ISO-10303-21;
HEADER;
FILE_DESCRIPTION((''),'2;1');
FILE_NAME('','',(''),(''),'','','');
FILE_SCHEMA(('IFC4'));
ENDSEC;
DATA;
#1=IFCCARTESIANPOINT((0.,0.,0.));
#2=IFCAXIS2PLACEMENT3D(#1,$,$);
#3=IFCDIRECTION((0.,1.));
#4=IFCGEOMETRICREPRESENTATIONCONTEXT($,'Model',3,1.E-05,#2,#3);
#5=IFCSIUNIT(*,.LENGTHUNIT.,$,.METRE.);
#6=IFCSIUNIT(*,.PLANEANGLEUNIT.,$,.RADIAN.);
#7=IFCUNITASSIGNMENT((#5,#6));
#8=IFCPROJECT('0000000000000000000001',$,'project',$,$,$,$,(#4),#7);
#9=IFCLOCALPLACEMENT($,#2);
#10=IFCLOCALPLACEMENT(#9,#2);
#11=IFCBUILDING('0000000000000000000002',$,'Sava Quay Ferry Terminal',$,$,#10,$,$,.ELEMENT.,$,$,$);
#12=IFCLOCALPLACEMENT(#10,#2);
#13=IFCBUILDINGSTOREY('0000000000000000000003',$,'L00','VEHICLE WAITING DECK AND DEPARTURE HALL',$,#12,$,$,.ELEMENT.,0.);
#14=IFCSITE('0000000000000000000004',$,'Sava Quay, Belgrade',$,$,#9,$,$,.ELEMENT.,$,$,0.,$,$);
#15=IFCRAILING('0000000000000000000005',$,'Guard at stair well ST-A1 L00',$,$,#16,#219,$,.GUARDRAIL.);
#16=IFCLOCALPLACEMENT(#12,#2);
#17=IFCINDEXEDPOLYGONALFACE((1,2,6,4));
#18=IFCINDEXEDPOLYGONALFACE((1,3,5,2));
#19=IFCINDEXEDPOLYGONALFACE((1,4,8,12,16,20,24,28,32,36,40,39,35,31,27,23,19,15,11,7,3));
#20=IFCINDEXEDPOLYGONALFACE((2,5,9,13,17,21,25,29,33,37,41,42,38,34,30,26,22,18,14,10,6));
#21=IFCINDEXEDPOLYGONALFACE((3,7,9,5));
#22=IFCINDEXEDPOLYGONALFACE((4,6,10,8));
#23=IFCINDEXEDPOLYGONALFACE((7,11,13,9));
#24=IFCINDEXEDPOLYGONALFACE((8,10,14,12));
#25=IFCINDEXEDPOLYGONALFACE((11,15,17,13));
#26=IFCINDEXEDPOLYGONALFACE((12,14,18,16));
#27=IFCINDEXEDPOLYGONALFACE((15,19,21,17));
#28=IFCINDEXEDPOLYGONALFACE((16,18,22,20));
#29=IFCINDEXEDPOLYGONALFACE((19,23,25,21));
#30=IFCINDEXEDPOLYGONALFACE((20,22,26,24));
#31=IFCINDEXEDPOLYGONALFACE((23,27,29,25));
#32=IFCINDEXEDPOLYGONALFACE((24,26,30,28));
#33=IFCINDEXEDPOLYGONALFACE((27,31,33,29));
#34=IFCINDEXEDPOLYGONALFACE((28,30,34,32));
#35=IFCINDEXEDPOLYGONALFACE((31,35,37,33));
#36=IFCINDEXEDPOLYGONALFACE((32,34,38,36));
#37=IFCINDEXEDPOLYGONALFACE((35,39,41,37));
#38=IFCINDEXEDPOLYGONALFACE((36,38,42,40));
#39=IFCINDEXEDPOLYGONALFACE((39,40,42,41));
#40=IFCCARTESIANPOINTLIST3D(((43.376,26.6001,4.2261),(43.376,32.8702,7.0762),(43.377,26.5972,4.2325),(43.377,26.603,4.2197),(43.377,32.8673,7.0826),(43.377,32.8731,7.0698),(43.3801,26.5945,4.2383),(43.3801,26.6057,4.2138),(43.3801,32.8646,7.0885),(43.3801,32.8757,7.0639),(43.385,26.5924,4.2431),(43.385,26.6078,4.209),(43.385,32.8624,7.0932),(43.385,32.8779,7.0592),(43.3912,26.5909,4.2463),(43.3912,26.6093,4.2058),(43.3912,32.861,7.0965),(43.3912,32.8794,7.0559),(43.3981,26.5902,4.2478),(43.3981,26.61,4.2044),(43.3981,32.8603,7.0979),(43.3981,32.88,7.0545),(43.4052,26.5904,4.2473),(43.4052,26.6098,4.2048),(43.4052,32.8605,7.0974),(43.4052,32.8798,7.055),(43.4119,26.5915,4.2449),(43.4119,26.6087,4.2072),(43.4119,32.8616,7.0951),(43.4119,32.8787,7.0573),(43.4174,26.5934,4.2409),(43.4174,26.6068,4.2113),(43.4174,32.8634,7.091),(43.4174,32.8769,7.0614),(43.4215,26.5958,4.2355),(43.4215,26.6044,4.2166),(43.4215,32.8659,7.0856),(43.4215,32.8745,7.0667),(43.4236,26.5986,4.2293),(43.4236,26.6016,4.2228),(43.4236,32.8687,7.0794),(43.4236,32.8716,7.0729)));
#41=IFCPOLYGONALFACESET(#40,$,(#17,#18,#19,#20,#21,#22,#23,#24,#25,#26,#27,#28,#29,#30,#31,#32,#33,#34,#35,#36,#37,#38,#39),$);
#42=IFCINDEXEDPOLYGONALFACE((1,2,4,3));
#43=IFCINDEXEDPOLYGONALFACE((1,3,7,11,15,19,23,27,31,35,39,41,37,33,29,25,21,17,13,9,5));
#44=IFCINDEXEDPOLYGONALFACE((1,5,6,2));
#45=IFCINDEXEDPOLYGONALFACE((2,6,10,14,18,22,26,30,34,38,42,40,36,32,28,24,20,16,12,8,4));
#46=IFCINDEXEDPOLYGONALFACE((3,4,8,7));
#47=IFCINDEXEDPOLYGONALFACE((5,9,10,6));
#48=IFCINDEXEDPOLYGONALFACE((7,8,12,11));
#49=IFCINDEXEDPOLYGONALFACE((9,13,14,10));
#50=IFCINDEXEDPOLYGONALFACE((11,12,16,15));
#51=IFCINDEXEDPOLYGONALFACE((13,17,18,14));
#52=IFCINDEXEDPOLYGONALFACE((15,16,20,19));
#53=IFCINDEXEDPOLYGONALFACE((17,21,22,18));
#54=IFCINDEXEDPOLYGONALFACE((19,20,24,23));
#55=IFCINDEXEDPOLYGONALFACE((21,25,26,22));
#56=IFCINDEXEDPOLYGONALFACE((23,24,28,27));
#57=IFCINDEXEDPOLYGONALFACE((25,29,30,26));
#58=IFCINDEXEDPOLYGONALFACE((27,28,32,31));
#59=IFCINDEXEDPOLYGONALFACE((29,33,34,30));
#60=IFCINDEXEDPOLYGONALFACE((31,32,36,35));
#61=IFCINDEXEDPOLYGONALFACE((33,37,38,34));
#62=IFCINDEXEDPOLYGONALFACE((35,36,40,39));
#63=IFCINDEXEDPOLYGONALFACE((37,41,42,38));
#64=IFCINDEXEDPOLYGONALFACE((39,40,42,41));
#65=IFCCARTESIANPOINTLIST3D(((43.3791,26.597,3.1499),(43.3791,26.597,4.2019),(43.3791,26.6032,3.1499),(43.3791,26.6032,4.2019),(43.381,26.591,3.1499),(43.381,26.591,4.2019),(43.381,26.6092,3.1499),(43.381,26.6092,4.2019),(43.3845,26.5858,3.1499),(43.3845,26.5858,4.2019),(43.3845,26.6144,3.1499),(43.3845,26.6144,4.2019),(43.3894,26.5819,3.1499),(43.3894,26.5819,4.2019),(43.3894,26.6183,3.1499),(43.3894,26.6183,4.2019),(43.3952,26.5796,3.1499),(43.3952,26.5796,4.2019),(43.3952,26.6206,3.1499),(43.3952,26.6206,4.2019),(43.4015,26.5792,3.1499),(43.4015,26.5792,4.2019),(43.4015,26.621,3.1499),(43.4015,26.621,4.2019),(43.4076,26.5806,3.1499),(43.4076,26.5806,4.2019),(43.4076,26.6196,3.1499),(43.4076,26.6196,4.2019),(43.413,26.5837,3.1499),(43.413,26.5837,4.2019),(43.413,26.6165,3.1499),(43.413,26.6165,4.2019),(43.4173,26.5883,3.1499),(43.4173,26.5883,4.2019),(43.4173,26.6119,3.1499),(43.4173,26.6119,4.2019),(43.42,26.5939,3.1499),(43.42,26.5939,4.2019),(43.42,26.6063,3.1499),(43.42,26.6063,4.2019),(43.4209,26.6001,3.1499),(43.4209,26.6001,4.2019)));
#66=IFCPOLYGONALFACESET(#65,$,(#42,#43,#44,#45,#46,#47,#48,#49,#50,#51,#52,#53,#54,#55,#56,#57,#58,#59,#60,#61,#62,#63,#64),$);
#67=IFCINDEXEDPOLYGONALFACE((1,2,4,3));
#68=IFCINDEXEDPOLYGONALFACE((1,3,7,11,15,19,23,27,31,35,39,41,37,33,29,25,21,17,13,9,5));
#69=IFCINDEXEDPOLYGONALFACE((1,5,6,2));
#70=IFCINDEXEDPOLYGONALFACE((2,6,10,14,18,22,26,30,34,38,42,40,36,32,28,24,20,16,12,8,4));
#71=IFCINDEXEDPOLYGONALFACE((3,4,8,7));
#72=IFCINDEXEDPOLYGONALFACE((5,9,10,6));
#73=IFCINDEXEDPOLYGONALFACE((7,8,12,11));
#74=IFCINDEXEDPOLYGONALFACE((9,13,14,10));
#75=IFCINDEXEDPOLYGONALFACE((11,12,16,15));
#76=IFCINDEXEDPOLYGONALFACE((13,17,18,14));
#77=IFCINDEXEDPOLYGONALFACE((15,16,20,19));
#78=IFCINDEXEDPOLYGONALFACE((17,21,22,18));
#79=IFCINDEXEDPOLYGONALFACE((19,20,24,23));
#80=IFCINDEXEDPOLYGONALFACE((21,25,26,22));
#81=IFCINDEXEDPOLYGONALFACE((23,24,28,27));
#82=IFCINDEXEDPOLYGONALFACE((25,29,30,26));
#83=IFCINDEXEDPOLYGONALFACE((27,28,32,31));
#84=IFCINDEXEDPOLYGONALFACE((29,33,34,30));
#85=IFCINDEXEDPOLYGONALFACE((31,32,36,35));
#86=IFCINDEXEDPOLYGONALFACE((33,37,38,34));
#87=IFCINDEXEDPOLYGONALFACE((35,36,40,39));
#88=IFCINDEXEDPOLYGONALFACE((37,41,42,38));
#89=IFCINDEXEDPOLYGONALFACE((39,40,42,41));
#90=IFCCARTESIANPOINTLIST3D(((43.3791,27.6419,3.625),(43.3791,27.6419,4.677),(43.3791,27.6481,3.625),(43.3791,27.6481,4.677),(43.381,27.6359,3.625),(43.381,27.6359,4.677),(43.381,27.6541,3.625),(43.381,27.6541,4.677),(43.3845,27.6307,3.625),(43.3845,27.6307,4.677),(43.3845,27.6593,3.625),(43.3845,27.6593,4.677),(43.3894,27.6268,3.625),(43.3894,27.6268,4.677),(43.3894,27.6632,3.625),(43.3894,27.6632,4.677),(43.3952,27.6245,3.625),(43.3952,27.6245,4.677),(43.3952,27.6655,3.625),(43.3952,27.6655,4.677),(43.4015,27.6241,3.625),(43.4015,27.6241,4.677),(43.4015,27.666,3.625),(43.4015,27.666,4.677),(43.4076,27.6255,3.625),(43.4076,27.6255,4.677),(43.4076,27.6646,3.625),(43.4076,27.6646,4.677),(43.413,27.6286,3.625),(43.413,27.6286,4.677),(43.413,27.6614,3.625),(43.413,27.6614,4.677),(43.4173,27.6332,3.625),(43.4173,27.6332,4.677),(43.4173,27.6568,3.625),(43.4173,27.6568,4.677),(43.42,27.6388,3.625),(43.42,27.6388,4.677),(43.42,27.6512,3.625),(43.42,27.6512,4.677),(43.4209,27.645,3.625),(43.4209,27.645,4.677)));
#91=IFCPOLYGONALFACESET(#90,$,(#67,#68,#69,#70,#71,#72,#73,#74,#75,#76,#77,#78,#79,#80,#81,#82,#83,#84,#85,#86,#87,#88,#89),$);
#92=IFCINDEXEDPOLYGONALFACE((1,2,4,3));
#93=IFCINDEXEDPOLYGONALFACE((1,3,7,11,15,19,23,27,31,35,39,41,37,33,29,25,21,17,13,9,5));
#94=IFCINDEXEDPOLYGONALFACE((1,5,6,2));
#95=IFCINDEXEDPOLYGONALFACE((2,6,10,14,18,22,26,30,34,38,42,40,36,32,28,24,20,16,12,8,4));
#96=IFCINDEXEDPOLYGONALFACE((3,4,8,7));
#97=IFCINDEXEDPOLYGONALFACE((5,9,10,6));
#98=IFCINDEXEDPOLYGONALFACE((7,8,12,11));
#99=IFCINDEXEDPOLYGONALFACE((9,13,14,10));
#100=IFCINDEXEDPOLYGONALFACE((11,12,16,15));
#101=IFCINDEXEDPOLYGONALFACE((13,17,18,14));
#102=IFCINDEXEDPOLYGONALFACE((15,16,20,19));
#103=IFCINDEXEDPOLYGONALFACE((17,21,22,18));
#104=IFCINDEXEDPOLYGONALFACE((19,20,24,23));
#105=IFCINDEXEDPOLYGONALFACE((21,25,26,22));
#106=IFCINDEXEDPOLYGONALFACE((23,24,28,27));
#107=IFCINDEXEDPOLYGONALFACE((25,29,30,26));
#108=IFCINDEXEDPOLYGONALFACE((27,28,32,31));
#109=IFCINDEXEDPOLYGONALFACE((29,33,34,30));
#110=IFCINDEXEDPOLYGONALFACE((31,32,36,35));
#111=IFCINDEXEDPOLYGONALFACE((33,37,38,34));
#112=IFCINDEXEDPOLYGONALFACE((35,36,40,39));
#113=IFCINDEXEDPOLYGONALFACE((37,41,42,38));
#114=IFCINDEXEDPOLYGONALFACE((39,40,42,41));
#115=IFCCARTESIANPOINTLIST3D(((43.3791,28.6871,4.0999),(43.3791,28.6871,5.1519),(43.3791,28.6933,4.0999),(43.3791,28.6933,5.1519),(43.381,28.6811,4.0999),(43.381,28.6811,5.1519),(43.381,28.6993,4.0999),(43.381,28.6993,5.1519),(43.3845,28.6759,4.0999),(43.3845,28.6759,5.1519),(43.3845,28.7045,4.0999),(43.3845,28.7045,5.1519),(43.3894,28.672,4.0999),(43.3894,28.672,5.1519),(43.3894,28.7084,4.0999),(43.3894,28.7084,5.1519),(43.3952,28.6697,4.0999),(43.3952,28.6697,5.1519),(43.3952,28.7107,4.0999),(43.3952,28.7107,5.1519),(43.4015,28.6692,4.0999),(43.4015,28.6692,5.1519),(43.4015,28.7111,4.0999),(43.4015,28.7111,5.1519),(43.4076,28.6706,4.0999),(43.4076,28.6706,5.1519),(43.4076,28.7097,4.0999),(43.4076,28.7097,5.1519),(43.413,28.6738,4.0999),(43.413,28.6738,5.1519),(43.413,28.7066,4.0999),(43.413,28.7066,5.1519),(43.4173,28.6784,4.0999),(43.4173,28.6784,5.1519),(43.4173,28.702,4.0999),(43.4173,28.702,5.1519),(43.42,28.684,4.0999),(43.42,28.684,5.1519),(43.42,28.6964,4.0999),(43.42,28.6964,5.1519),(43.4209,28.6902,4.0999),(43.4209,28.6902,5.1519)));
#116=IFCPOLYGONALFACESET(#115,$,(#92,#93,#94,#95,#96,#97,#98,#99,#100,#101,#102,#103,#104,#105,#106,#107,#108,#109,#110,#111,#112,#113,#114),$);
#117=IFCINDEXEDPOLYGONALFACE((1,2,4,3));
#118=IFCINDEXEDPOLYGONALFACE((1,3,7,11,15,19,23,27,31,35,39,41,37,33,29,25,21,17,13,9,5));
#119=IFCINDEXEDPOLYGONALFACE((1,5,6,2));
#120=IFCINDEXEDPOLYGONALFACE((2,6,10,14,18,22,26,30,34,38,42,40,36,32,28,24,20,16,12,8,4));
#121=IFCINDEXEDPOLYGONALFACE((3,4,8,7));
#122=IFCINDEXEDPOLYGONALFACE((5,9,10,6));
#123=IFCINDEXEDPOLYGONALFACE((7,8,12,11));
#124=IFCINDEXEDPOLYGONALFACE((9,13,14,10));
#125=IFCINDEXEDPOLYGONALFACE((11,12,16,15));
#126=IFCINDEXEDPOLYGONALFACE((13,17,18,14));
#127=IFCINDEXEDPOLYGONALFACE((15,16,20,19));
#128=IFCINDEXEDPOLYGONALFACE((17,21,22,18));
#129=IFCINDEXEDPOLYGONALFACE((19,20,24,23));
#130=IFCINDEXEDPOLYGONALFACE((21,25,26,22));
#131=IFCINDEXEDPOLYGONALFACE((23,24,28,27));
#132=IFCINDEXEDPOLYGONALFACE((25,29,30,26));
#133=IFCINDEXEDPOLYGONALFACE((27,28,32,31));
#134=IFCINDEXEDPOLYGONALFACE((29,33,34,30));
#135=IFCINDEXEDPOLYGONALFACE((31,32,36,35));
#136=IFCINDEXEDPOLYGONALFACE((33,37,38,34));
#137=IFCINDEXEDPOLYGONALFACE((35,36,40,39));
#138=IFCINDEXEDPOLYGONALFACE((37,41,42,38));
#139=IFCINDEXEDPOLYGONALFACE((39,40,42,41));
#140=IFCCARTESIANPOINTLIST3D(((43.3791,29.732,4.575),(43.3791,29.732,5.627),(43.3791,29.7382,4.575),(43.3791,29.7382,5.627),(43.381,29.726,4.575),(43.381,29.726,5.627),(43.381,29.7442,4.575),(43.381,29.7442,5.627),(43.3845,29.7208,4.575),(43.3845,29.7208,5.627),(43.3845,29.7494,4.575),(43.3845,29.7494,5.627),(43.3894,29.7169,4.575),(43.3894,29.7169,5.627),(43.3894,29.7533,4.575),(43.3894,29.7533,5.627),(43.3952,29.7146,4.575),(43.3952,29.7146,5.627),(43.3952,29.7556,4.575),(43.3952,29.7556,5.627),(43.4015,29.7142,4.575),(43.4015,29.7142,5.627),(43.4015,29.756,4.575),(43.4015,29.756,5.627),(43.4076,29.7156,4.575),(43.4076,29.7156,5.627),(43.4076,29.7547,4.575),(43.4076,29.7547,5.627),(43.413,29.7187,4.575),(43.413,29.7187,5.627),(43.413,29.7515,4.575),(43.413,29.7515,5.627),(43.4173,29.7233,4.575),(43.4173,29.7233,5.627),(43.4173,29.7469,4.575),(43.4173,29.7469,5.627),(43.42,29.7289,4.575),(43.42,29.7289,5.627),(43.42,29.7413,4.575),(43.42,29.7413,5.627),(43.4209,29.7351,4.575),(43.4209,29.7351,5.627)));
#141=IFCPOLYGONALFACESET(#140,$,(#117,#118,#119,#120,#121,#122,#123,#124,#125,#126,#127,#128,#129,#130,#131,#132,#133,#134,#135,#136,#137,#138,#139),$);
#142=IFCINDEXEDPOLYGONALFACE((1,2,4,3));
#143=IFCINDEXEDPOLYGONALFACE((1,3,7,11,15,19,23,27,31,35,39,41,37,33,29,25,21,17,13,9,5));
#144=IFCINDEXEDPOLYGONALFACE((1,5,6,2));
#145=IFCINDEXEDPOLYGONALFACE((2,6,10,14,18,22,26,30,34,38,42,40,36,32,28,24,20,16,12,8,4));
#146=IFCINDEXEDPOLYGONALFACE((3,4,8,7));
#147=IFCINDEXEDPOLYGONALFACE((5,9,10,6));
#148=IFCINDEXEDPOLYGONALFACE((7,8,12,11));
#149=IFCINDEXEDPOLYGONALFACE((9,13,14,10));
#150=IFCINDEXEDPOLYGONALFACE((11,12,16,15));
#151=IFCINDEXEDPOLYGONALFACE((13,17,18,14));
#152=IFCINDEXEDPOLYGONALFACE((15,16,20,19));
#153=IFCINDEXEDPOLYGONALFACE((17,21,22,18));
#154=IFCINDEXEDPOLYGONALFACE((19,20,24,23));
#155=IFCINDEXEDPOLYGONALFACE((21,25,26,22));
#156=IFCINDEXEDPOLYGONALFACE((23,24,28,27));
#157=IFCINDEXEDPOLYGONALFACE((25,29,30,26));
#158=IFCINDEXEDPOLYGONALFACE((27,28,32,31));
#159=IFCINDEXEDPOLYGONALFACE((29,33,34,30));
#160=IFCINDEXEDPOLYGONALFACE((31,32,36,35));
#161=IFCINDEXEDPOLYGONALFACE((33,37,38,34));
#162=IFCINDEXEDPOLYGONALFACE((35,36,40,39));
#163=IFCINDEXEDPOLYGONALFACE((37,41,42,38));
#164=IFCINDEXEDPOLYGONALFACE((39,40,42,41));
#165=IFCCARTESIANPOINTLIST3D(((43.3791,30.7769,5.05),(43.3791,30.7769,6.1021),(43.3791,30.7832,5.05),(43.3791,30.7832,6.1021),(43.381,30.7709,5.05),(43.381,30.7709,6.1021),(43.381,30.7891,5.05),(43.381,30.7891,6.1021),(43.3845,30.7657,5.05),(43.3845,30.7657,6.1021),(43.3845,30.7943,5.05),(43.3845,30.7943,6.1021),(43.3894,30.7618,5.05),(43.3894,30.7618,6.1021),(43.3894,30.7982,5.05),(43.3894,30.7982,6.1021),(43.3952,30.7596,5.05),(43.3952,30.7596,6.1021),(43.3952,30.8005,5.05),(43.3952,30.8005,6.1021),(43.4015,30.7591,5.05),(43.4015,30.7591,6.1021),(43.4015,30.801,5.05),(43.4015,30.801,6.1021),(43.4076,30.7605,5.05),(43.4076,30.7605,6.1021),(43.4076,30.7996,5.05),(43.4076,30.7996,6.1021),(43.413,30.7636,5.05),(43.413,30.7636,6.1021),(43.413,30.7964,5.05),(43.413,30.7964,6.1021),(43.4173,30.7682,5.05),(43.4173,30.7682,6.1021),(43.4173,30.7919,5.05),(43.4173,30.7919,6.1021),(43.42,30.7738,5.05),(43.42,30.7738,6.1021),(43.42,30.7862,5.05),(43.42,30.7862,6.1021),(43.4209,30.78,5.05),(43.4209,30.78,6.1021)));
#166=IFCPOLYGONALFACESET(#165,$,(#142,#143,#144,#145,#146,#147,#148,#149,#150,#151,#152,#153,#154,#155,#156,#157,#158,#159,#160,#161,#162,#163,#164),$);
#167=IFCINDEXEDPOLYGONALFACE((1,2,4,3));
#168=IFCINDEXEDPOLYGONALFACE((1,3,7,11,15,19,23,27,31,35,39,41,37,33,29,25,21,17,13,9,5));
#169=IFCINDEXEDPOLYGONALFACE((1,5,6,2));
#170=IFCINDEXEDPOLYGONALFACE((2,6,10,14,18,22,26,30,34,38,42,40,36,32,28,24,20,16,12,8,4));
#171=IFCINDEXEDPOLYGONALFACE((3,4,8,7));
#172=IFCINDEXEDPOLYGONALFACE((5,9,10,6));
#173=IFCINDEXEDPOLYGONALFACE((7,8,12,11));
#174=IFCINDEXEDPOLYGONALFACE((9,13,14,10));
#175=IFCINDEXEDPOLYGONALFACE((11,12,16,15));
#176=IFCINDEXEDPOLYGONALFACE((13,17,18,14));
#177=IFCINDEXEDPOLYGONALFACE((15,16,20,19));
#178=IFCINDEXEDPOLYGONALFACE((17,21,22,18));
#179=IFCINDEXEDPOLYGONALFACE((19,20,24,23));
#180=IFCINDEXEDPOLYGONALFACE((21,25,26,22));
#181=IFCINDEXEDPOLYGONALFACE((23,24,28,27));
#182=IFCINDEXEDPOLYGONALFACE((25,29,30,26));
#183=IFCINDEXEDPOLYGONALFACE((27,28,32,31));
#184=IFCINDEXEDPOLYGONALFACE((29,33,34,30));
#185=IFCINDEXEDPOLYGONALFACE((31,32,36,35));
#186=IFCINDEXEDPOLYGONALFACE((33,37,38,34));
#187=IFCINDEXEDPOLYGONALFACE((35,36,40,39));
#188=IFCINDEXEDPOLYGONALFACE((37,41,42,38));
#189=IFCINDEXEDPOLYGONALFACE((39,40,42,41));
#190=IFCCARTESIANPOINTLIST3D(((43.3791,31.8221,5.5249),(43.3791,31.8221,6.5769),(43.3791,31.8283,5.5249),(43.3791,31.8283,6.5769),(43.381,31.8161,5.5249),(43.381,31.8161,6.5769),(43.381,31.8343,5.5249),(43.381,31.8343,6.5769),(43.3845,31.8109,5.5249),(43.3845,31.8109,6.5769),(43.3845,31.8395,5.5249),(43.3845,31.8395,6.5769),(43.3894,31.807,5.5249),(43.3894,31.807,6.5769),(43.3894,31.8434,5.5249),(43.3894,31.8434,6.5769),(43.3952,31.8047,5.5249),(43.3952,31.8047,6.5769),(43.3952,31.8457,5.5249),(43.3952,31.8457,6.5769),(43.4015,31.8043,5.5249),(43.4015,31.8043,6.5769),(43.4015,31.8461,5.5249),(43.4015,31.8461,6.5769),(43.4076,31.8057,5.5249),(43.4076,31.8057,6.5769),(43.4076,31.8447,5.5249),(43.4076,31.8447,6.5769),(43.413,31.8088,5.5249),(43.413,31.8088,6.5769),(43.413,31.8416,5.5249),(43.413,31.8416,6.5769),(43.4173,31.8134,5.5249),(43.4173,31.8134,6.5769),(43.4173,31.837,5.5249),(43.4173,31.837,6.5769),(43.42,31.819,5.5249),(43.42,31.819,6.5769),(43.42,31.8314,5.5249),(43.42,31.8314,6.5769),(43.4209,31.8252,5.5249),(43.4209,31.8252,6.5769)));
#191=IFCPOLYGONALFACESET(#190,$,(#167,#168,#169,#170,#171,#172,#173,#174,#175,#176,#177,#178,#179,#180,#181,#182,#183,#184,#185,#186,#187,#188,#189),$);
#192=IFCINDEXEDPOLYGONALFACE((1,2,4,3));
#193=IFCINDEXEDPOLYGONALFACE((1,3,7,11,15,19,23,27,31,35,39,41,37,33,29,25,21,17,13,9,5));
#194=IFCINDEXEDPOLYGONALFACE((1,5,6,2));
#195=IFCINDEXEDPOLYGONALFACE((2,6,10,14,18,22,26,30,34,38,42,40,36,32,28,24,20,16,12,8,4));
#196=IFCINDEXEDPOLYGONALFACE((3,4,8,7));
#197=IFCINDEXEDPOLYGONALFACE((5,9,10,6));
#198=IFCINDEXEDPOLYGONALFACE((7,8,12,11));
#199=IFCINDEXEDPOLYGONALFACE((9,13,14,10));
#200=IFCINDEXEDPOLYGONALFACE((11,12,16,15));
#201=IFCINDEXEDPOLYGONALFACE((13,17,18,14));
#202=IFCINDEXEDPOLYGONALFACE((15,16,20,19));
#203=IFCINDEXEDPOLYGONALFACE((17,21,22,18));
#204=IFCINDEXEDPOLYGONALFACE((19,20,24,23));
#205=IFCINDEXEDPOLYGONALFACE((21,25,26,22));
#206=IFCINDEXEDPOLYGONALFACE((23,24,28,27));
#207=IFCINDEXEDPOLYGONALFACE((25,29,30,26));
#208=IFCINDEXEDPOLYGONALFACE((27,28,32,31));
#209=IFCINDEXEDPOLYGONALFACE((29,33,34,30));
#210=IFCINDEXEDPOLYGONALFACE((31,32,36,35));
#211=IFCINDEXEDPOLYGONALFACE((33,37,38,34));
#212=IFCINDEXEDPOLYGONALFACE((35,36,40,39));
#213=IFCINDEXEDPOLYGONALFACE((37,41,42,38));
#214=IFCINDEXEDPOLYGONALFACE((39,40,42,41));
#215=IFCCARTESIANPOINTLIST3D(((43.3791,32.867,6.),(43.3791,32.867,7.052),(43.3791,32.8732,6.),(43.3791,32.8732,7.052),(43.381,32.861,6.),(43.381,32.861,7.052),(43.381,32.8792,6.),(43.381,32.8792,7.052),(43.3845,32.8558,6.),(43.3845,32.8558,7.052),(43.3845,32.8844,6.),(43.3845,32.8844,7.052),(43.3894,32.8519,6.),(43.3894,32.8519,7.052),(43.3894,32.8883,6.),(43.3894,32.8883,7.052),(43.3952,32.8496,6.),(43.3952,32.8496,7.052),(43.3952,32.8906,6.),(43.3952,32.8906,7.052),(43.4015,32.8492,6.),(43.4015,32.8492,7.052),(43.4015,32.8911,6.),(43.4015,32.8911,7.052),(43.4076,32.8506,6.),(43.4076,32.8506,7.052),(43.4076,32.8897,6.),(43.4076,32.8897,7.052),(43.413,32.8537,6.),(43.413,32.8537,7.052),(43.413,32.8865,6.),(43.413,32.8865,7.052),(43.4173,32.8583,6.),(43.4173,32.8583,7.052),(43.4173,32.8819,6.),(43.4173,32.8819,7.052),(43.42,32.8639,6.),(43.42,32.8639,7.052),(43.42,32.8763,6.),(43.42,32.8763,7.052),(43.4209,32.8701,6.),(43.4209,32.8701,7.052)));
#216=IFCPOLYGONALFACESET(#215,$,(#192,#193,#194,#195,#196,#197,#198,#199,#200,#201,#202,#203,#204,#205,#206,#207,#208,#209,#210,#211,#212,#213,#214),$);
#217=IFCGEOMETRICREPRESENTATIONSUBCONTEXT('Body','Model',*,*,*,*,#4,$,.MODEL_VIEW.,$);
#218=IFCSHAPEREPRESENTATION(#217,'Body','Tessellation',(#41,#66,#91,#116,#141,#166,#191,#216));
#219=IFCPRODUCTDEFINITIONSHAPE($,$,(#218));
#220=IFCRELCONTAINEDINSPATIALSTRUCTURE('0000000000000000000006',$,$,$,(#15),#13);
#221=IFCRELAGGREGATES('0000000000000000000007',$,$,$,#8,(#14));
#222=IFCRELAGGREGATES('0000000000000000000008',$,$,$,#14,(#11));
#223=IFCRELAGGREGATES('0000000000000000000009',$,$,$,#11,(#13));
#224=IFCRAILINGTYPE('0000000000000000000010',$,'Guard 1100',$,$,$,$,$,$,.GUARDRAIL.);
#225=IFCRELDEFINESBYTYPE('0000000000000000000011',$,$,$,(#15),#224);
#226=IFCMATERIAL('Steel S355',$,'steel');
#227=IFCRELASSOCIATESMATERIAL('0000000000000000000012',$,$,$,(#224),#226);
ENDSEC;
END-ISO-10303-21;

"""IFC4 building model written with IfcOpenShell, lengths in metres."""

from ifc_helpers import new_model, si_unit, direction, frame, origin, origin_2d, place, context, subcontext, project, spatial, circle, extrude, material, type_object, element, save


model = new_model("IFC4")

# Units and contexts
model_context = context("Model", 3, precision=1e-05, world=origin(), true_north=direction((0.0, 1.0)))
body_context = subcontext(model_context, "Body", "Model", "MODEL_VIEW")
ifc_project = project(units=[si_unit("LENGTHUNIT", "METRE"), si_unit("PLANEANGLEUNIT", "RADIAN")], contexts=[model_context])

# Site, building, storey
site_placement = place(None, origin())
site = spatial("IfcSite", under=ifc_project, at=site_placement, Name="Sava Quay, Belgrade", CompositionType="ELEMENT", RefElevation=0.0)
building_placement = place(site_placement, origin())
building = spatial("IfcBuilding", under=site, at=building_placement, Name="Sava Quay Ferry Terminal", CompositionType="ELEMENT")
storey_placement = place(building_placement, origin())
storey = spatial("IfcBuildingStorey", under=building, at=storey_placement, Name="L00", Description="VEHICLE WAITING DECK AND DEPARTURE HALL", CompositionType="ELEMENT", Elevation=0.0)

# Railing
ifc_material_1 = material(Name="Steel S355", Category="steel")
railing_type_1 = type_object("IfcRailingType", Name="Guard 1100", PredefinedType="GUARDRAIL", material=ifc_material_1)
railing_1_placement = place(storey_placement, frame((43.3999, 26.6001, 3.1499)))
element("IfcRailing", 1, at=railing_1_placement, inside=storey, type_object=railing_type_1, Name="Guard at stair well ST-A1 L00", PredefinedType="GUARDRAIL", context=body_context, shape_type="SweptSolid", body=[
    extrude(circle(Radius=0.0239, at=origin_2d()), frame((0.0, 0.0, 1.0762), z_axis=(0.0, 0.910362, 0.413814), x_axis=(-1.0, 0.0, 0.0)), (0.0, 0.0, 1.0), 6.8875),
    extrude(circle(Radius=0.021, at=origin_2d()), origin(), (0.0, 0.0, 1.0), 1.052),
    extrude(circle(Radius=0.021, at=origin_2d()), frame((0.0, 1.0449, 0.4751)), (0.0, 0.0, 1.0), 1.052),
    extrude(circle(Radius=0.021, at=origin_2d()), frame((0.0, 2.0901, 0.95)), (0.0, 0.0, 1.0), 1.052),
    extrude(circle(Radius=0.021, at=origin_2d()), frame((0.0, 3.135, 1.425)), (0.0, 0.0, 1.0), 1.052),
    extrude(circle(Radius=0.021, at=origin_2d()), frame((0.0, 4.1799, 1.9001)), (0.0, 0.0, 1.0), 1.052),
    extrude(circle(Radius=0.021, at=origin_2d()), frame((0.0, 5.2251, 2.375)), (0.0, 0.0, 1.0), 1.052),
    extrude(circle(Radius=0.021, at=origin_2d()), frame((0.0, 6.27, 2.8501)), (0.0, 0.0, 1.0), 1.052),
])

save(model, "model.ifc")
